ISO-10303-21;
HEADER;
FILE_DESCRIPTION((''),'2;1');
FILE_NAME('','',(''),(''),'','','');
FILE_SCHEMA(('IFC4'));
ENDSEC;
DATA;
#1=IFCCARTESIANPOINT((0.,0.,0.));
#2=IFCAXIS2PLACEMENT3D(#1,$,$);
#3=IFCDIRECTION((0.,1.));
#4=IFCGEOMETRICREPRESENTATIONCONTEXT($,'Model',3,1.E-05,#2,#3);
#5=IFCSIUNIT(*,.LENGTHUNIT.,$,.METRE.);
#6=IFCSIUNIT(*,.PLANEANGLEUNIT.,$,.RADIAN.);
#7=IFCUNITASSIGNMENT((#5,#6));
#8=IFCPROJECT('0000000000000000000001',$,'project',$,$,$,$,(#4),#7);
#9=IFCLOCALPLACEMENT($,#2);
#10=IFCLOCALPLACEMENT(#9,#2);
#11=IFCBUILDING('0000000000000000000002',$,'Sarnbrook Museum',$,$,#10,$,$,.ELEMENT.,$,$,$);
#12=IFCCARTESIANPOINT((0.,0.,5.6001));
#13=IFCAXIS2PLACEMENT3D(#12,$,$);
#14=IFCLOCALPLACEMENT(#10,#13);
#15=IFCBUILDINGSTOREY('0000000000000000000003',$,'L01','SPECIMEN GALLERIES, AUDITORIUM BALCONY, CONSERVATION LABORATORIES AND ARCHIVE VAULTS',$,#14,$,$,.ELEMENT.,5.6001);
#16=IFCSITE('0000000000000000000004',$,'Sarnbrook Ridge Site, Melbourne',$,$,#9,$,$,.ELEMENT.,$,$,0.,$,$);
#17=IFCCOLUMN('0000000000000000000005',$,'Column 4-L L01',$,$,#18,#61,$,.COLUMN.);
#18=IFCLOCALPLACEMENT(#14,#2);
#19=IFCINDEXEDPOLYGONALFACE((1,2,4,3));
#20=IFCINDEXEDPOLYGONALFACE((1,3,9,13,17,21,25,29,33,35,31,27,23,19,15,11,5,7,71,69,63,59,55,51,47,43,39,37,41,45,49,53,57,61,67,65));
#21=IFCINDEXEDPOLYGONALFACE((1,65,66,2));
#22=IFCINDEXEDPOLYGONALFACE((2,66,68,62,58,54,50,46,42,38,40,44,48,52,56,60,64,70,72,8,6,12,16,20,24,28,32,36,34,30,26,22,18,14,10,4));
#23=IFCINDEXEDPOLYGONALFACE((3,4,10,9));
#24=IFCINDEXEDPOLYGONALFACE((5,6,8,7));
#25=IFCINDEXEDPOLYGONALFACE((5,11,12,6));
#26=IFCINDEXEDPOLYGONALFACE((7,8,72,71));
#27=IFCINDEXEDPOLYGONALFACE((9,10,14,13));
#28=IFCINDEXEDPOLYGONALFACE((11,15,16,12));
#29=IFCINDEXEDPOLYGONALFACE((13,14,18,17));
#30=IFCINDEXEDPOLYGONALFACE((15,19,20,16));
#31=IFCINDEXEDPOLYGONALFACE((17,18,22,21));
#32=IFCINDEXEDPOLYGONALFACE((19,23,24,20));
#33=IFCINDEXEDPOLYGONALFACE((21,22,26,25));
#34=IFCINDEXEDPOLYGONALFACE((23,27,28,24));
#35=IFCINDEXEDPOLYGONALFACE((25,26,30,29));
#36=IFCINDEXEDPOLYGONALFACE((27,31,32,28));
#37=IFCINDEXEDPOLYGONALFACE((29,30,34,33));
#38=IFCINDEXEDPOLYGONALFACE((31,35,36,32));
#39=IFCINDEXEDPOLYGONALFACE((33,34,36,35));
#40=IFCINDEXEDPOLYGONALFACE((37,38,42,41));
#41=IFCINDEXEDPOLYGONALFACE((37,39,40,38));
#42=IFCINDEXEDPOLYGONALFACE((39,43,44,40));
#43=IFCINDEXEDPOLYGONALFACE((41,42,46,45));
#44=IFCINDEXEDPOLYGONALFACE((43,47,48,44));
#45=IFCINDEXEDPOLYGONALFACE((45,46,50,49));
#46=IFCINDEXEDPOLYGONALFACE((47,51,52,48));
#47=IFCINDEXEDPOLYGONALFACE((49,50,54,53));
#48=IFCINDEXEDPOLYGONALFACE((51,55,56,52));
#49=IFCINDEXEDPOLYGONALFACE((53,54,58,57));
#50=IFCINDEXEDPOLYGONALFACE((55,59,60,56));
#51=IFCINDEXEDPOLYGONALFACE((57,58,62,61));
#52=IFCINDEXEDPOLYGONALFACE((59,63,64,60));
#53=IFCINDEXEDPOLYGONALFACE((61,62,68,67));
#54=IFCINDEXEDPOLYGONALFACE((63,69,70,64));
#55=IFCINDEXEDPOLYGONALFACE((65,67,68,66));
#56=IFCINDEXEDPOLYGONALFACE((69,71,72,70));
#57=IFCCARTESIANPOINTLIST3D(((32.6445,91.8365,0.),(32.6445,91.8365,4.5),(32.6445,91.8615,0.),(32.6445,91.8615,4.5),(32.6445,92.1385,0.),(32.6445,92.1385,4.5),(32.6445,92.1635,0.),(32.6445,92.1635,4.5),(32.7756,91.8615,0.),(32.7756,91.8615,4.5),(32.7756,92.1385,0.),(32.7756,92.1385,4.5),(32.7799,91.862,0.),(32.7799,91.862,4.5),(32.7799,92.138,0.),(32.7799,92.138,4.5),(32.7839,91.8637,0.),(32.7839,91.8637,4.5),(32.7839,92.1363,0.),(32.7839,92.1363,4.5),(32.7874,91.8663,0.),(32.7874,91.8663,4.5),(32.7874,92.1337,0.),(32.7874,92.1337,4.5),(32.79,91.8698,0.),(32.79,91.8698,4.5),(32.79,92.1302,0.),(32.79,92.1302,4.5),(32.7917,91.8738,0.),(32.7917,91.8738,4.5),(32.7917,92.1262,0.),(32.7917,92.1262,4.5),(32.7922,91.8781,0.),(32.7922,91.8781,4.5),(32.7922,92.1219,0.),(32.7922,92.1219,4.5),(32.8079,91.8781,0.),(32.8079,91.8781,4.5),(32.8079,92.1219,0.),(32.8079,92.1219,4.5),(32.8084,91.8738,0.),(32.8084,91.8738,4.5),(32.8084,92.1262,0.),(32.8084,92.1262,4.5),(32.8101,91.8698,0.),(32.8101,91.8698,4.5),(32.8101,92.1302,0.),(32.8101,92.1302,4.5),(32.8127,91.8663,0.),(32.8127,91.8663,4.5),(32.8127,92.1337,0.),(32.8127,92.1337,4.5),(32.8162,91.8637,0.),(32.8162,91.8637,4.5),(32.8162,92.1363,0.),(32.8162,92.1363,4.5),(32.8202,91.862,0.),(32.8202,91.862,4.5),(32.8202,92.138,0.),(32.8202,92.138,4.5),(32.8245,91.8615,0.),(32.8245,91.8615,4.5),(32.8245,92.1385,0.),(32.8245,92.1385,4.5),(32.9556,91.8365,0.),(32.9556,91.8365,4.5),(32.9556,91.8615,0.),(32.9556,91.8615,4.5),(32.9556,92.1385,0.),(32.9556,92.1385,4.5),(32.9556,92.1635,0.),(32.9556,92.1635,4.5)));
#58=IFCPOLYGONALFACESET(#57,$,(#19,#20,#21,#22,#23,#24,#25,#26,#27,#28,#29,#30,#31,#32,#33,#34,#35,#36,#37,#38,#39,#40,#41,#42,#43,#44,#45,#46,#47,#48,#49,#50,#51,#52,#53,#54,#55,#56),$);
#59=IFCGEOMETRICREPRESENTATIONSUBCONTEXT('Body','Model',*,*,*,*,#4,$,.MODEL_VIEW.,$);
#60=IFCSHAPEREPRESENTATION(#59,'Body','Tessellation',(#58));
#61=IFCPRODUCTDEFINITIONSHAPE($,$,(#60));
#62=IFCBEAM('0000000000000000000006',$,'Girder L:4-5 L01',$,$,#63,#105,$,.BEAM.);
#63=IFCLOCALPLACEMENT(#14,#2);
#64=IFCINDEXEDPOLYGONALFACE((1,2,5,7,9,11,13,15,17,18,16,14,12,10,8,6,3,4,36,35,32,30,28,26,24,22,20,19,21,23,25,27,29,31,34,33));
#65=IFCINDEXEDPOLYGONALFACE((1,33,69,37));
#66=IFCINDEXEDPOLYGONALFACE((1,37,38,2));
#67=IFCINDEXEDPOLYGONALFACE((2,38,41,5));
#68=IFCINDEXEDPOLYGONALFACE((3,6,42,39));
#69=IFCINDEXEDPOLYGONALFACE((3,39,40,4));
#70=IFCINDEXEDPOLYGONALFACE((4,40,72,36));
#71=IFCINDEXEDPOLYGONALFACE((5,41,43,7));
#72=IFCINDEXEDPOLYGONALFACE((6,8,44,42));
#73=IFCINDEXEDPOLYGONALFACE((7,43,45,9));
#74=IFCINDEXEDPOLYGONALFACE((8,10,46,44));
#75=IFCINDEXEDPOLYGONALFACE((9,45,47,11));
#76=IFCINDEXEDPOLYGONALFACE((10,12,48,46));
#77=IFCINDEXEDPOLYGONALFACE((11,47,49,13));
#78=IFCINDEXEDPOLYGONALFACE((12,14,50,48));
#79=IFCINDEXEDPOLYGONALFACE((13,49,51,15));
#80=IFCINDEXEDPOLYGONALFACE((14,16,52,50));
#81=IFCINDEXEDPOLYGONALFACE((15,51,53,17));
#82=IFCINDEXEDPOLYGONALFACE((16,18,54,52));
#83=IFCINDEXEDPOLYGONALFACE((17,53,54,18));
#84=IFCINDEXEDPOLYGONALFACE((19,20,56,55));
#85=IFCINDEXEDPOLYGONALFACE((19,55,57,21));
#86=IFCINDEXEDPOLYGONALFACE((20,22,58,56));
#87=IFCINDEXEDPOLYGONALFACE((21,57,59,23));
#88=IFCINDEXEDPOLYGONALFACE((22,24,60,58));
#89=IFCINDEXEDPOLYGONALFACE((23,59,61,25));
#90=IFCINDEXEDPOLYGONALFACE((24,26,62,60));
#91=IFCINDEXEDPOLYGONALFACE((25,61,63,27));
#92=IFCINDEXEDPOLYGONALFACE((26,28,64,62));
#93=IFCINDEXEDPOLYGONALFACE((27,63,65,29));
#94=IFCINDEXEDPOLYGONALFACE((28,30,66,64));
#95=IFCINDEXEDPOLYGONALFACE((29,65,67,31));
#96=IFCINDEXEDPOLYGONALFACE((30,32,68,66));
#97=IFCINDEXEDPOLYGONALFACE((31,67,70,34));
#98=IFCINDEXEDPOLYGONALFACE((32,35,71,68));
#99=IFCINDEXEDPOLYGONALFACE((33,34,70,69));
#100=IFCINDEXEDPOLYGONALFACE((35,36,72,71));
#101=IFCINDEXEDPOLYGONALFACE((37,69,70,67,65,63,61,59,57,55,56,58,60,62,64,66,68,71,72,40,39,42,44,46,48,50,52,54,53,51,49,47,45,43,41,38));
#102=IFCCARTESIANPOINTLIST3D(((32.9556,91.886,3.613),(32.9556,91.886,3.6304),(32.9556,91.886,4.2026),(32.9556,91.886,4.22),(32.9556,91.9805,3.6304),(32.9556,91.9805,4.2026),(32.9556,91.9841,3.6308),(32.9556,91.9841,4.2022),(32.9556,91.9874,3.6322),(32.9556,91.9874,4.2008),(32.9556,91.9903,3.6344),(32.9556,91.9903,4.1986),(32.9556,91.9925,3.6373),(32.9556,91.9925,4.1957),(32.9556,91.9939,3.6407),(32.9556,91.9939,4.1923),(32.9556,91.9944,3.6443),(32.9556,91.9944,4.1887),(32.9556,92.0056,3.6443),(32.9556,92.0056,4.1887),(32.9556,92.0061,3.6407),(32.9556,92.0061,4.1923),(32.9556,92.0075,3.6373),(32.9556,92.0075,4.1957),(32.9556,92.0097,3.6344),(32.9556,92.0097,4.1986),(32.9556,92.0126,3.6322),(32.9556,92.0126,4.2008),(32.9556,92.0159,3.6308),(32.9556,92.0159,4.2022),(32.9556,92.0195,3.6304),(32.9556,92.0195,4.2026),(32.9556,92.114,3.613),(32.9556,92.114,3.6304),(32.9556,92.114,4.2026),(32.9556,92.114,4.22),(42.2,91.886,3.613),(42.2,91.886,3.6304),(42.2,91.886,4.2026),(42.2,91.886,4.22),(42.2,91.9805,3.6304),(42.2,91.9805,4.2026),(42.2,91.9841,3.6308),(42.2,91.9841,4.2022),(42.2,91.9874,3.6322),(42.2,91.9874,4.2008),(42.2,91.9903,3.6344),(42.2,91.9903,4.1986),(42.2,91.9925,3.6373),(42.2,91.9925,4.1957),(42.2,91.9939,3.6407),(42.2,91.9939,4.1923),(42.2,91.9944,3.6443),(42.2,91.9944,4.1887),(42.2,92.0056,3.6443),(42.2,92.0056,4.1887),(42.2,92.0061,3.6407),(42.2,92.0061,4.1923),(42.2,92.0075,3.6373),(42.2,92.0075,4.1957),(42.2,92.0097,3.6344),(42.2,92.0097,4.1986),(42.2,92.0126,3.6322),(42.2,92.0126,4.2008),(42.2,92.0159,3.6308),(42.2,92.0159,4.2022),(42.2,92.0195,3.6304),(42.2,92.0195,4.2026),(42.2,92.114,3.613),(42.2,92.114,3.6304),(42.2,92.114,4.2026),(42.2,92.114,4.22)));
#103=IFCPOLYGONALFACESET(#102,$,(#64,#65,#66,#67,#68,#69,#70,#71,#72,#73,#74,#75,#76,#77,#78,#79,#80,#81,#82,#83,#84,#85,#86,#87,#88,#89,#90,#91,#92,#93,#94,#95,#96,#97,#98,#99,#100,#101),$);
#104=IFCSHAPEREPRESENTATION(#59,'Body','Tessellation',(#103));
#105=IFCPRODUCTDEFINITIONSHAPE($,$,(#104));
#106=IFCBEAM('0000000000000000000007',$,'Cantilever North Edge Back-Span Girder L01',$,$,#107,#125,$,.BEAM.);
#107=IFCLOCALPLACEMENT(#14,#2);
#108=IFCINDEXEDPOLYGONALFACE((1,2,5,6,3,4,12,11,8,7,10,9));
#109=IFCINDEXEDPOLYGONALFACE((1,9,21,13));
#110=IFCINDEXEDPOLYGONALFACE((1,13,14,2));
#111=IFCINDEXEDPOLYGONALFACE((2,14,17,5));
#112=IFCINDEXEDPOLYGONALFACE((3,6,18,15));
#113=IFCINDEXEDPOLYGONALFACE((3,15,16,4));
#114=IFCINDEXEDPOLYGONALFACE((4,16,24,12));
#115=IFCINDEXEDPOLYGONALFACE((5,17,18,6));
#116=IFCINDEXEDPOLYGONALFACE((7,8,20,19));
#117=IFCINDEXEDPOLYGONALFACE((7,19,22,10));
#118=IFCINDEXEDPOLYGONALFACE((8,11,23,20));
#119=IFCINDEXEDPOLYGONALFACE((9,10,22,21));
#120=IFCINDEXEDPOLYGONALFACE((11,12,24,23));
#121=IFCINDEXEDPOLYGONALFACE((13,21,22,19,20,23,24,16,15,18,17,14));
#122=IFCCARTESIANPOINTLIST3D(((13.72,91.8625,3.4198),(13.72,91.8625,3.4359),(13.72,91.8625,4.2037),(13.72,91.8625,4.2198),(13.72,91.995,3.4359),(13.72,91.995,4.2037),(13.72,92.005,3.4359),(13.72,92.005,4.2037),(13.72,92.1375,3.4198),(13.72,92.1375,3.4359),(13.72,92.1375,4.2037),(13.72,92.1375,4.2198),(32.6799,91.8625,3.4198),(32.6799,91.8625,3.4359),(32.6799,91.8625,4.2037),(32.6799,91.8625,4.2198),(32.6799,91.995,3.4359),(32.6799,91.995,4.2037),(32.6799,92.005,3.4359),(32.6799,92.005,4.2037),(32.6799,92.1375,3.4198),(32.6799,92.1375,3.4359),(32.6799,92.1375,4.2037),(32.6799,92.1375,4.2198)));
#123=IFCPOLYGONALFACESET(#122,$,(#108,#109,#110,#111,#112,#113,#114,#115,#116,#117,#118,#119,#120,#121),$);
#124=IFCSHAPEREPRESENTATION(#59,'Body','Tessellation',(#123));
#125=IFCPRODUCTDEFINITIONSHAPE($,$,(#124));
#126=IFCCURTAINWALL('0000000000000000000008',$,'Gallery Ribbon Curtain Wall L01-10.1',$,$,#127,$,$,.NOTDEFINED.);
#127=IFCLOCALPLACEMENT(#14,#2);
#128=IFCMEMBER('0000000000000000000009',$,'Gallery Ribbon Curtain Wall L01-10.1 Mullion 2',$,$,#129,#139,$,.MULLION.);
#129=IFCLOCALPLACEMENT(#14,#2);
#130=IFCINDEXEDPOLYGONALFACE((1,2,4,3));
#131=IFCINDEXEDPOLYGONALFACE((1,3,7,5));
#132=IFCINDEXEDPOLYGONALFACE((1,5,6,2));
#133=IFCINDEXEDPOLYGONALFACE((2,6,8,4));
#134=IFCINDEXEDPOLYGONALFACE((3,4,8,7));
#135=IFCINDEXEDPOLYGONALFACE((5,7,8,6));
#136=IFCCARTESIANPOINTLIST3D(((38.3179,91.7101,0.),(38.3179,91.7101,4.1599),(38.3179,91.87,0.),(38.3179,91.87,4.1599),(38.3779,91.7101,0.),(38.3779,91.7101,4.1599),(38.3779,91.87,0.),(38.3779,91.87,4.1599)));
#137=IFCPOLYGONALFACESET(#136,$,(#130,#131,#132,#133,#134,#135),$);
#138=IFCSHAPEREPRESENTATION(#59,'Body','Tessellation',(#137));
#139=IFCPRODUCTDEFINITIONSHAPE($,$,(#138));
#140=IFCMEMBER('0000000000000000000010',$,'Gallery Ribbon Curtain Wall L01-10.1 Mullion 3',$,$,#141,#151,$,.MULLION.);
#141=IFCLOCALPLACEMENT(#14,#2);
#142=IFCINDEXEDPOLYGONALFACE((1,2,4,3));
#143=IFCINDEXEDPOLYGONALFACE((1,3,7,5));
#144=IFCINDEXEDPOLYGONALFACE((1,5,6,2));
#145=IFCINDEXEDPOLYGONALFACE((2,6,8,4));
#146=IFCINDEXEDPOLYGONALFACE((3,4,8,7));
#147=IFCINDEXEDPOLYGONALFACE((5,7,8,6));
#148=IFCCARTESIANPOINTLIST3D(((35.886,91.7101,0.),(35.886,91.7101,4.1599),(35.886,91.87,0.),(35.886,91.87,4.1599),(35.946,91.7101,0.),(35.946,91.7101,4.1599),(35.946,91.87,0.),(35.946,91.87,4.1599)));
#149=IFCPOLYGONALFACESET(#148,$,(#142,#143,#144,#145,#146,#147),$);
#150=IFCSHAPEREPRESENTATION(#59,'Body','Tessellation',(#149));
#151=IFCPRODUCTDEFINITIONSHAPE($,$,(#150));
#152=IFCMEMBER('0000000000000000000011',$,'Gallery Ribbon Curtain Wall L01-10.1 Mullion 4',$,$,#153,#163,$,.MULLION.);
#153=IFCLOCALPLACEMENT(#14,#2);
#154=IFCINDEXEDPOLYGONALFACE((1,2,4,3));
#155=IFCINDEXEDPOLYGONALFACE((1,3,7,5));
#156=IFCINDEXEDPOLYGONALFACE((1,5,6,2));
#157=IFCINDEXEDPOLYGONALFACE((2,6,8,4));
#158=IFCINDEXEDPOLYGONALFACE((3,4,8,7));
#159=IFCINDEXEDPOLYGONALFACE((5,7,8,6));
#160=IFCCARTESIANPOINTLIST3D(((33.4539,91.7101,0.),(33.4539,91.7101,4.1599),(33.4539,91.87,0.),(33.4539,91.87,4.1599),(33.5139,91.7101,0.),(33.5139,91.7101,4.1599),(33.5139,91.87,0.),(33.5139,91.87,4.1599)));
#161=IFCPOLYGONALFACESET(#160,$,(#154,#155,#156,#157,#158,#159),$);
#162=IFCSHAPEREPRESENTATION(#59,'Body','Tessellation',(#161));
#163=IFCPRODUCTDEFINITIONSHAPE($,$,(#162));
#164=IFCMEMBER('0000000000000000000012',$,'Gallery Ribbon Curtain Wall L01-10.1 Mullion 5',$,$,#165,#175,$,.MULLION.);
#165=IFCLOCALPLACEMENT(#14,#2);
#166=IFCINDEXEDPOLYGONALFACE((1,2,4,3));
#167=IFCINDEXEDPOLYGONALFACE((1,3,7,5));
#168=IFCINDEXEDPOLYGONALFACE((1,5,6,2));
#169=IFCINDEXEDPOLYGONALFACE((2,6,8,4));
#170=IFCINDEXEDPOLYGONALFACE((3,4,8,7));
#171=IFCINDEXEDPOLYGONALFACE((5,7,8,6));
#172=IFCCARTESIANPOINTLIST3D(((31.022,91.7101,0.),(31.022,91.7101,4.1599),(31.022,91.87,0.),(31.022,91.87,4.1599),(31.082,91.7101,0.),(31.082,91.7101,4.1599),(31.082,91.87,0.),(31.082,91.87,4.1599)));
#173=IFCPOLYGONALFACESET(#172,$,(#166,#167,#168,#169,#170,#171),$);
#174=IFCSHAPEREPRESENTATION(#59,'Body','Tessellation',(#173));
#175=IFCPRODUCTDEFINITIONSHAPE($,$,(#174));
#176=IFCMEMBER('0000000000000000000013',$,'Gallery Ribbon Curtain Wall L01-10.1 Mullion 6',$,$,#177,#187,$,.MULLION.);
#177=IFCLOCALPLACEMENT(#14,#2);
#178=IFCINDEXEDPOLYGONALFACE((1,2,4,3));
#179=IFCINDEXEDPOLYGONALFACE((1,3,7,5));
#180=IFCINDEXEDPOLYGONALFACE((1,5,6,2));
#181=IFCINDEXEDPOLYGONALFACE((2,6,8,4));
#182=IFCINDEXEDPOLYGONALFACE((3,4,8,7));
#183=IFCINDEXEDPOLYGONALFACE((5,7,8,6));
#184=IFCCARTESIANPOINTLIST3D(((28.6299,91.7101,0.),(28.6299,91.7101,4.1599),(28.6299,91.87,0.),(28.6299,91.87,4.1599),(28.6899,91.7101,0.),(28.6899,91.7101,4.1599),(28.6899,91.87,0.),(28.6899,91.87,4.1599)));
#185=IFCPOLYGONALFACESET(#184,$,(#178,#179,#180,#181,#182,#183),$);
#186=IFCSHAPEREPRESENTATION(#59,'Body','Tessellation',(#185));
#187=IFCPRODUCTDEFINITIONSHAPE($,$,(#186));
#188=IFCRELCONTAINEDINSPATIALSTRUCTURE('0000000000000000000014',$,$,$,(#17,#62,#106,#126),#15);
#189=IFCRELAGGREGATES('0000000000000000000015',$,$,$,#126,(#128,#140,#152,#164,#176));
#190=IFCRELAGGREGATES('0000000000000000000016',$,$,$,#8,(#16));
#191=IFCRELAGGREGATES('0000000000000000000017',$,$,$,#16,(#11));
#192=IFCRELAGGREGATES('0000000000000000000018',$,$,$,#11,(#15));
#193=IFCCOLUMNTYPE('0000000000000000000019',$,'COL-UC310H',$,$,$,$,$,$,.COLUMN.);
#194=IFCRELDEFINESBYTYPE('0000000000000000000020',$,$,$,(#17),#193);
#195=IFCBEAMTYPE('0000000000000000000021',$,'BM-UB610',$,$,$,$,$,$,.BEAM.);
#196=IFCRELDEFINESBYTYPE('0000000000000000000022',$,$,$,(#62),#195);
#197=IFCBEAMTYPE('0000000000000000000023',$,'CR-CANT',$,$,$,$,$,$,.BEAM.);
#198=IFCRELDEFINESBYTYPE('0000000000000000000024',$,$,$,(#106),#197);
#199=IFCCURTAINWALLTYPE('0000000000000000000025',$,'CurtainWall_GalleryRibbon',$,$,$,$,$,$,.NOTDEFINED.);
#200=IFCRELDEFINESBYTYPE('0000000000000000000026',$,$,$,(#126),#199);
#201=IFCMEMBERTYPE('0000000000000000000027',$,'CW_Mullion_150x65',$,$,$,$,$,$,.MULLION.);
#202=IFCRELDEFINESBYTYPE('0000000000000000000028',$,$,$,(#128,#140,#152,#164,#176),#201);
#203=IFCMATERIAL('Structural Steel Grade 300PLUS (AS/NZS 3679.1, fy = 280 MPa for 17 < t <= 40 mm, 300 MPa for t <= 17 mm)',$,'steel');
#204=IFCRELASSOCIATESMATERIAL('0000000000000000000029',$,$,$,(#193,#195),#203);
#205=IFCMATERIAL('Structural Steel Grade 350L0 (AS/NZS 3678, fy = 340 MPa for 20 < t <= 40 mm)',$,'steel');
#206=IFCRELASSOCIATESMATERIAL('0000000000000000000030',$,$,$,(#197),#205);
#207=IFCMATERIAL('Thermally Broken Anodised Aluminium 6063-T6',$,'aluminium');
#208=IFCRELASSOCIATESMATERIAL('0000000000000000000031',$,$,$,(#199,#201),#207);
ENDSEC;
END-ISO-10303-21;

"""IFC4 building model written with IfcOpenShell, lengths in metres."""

from ifc_helpers import new_model, si_unit, direction, frame, origin, origin_2d, place, context, subcontext, project, spatial, rectangle, i_section, extrude, material, material_profile, profile_set, type_object, element, aggregate, save


model = new_model("IFC4")

# Units and contexts
model_context = context("Model", 3, precision=1e-05, world=origin(), true_north=direction((0.0, 1.0)))
body_context = subcontext(model_context, "Body", "Model", "MODEL_VIEW")
ifc_project = project(units=[si_unit("LENGTHUNIT", "METRE"), si_unit("PLANEANGLEUNIT", "RADIAN")], contexts=[model_context])

# Site, building, storey
site_placement = place(None, origin())
site = spatial("IfcSite", under=ifc_project, at=site_placement, Name="Sarnbrook Ridge Site, Melbourne", CompositionType="ELEMENT", RefElevation=0.0)
building_placement = place(site_placement, origin())
building = spatial("IfcBuilding", under=site, at=building_placement, Name="Sarnbrook Museum", CompositionType="ELEMENT")
storey_placement = place(building_placement, frame((0.0, 0.0, 5.6001)))
storey = spatial("IfcBuildingStorey", under=building, at=storey_placement, Name="L01", Description="SPECIMEN GALLERIES, AUDITORIUM BALCONY, CONSERVATION LABORATORIES AND ARCHIVE VAULTS", CompositionType="ELEMENT", Elevation=5.6001)

# Column
ifc_material_1 = material(Name="Structural Steel Grade 300PLUS (AS/NZS 3679.1, fy = 280 MPa for 17 < t <= 40 mm, 300 MPa for t <= 17 mm)", Category="steel")
ifc_material_profile_1 = material_profile(ifc_material_1, i_section(OverallWidth=0.311, OverallDepth=0.3269, WebThickness=0.0156, FlangeThickness=0.0249, FilletRadius=0.0166, at=origin_2d()), Name="310UC158")
ifc_profile_set_1 = profile_set([ifc_material_profile_1], Name="Structural Steel Grade 300PLUS (AS/NZS 3679.1, fy = 280 MPa for 17 < t <= 40 mm, 300 MPa for t <= 17 mm)")
column_type = type_object("IfcColumnType", Name="COL-UC310H", PredefinedType="COLUMN", material=ifc_profile_set_1)
column_placement = place(storey_placement, frame((32.8, 92.0, 0.0), z_axis=(0.0, 0.0, 1.0), x_axis=(1.0, 0.0, 0.0)))
element("IfcColumn", 1, at=column_placement, inside=storey, type_object=column_type, Name="Column 4-L L01", PredefinedType="COLUMN", context=body_context, shape_type="SweptSolid", body=[
    extrude(i_section(OverallWidth=0.311, OverallDepth=0.3269, WebThickness=0.0156, FlangeThickness=0.0249, FilletRadius=0.0166, at=origin_2d()), origin(), (0.0, 0.0, 1.0), 4.5),
])

# Beams
ifc_material_profile_2 = material_profile(ifc_material_1, i_section(OverallWidth=0.228, OverallDepth=0.6069, WebThickness=0.0112, FlangeThickness=0.0173, FilletRadius=0.0139, at=origin_2d()), Name="610UB113")
ifc_profile_set_2 = profile_set([ifc_material_profile_2], Name="Structural Steel Grade 300PLUS (AS/NZS 3679.1, fy = 280 MPa for 17 < t <= 40 mm, 300 MPa for t <= 17 mm)")
beam_type_1 = type_object("IfcBeamType", Name="BM-UB610", PredefinedType="BEAM", material=ifc_profile_set_2)
beam_1_placement = place(storey_placement, frame((32.9556, 92.0, 3.9165), z_axis=(1.0, 0.0, 0.0), x_axis=(0.0, 1.0, 0.0)))
element("IfcBeam", 2, at=beam_1_placement, inside=storey, type_object=beam_type_1, Name="Girder L:4-5 L01", PredefinedType="BEAM", context=body_context, shape_type="SweptSolid", body=[
    extrude(i_section(OverallWidth=0.228, OverallDepth=0.6069, WebThickness=0.0112, FlangeThickness=0.0173, FilletRadius=0.0139, at=origin_2d()), origin(), (0.0, 0.0, 1.0), 9.2444),
])
ifc_material_2 = material(Name="Structural Steel Grade 350L0 (AS/NZS 3678, fy = 340 MPa for 20 < t <= 40 mm)", Category="steel")
ifc_material_profile_3 = material_profile(ifc_material_2, i_section(OverallWidth=0.2749, OverallDepth=0.8, WebThickness=0.01, FlangeThickness=0.0161, at=origin_2d()), Name="800WB146")
ifc_profile_set_3 = profile_set([ifc_material_profile_3], Name="Structural Steel Grade 350L0 (AS/NZS 3678, fy = 340 MPa for 20 < t <= 40 mm)")
beam_type_2 = type_object("IfcBeamType", Name="CR-CANT", PredefinedType="BEAM", material=ifc_profile_set_3)
beam_2_placement = place(storey_placement, frame((32.6799, 92.0, 3.8198), z_axis=(-1.0, 0.0, 0.0), x_axis=(0.0, -1.0, 0.0)))
element("IfcBeam", 3, at=beam_2_placement, inside=storey, type_object=beam_type_2, Name="Cantilever North Edge Back-Span Girder L01", PredefinedType="BEAM", context=body_context, shape_type="SweptSolid", body=[
    extrude(i_section(OverallWidth=0.2749, OverallDepth=0.8, WebThickness=0.01, FlangeThickness=0.0161, at=origin_2d()), origin(), (0.0, 0.0, 1.0), 18.96),
])

# Curtain wall, members
ifc_material_3 = material(Name="Thermally Broken Anodised Aluminium 6063-T6", Category="aluminium")
curtain_wall_type = type_object("IfcCurtainWallType", Name="CurtainWall_GalleryRibbon", PredefinedType="NOTDEFINED", material=ifc_material_3)
curtain_wall_1_placement = place(storey_placement, origin())
curtain_wall_1 = element("IfcCurtainWall", 4, at=curtain_wall_1_placement, inside=storey, type_object=curtain_wall_type, Name="Gallery Ribbon Curtain Wall L01-10.1", PredefinedType="NOTDEFINED")
ifc_material_profile_4 = material_profile(ifc_material_3, rectangle(XDim=0.0601, YDim=0.1599, at=origin_2d()), Name="ALU MULLION 60x160")
ifc_profile_set_4 = profile_set([ifc_material_profile_4], Name="Thermally Broken Anodised Aluminium 6063-T6")
member_type_1 = type_object("IfcMemberType", Name="CW_Mullion_150x65", PredefinedType="MULLION", material=ifc_profile_set_4)
member_1_placement = place(storey_placement, frame((38.3479, 91.79, 0.0), z_axis=(0.0, 0.0, 1.0), x_axis=(1.0, 0.0, 0.0)))
member_1 = element("IfcMember", 5, at=member_1_placement, type_object=member_type_1, Name="Gallery Ribbon Curtain Wall L01-10.1 Mullion 2", PredefinedType="MULLION", context=body_context, shape_type="SweptSolid", body=[
    extrude(rectangle(XDim=0.0601, YDim=0.1599, at=origin_2d()), origin(), (0.0, 0.0, 1.0), 4.1599),
])
member_2_placement = place(storey_placement, frame((35.916, 91.79, 0.0), z_axis=(0.0, 0.0, 1.0), x_axis=(1.0, 0.0, 0.0)))
member_2 = element("IfcMember", 6, at=member_2_placement, type_object=member_type_1, Name="Gallery Ribbon Curtain Wall L01-10.1 Mullion 3", PredefinedType="MULLION", context=body_context, shape_type="SweptSolid", body=[
    extrude(rectangle(XDim=0.0601, YDim=0.1599, at=origin_2d()), origin(), (0.0, 0.0, 1.0), 4.1599),
])
member_3_placement = place(storey_placement, frame((33.4839, 91.79, 0.0), z_axis=(0.0, 0.0, 1.0), x_axis=(1.0, 0.0, 0.0)))
member_3 = element("IfcMember", 7, at=member_3_placement, type_object=member_type_1, Name="Gallery Ribbon Curtain Wall L01-10.1 Mullion 4", PredefinedType="MULLION", context=body_context, shape_type="SweptSolid", body=[
    extrude(rectangle(XDim=0.0601, YDim=0.1599, at=origin_2d()), origin(), (0.0, 0.0, 1.0), 4.1599),
])
member_4_placement = place(storey_placement, frame((31.052, 91.79, 0.0), z_axis=(0.0, 0.0, 1.0), x_axis=(1.0, 0.0, 0.0)))
member_4 = element("IfcMember", 8, at=member_4_placement, type_object=member_type_1, Name="Gallery Ribbon Curtain Wall L01-10.1 Mullion 5", PredefinedType="MULLION", context=body_context, shape_type="SweptSolid", body=[
    extrude(rectangle(XDim=0.0601, YDim=0.1599, at=origin_2d()), origin(), (0.0, 0.0, 1.0), 4.1599),
])
member_5_placement = place(storey_placement, frame((28.6599, 91.79, 0.0), z_axis=(0.0, 0.0, 1.0), x_axis=(1.0, 0.0, 0.0)))
member_5 = element("IfcMember", 9, at=member_5_placement, type_object=member_type_1, Name="Gallery Ribbon Curtain Wall L01-10.1 Mullion 6", PredefinedType="MULLION", context=body_context, shape_type="SweptSolid", body=[
    extrude(rectangle(XDim=0.0601, YDim=0.1599, at=origin_2d()), origin(), (0.0, 0.0, 1.0), 4.1599),
])

aggregate(curtain_wall_1, [member_1, member_2, member_3, member_4, member_5])

save(model, "model.ifc")
